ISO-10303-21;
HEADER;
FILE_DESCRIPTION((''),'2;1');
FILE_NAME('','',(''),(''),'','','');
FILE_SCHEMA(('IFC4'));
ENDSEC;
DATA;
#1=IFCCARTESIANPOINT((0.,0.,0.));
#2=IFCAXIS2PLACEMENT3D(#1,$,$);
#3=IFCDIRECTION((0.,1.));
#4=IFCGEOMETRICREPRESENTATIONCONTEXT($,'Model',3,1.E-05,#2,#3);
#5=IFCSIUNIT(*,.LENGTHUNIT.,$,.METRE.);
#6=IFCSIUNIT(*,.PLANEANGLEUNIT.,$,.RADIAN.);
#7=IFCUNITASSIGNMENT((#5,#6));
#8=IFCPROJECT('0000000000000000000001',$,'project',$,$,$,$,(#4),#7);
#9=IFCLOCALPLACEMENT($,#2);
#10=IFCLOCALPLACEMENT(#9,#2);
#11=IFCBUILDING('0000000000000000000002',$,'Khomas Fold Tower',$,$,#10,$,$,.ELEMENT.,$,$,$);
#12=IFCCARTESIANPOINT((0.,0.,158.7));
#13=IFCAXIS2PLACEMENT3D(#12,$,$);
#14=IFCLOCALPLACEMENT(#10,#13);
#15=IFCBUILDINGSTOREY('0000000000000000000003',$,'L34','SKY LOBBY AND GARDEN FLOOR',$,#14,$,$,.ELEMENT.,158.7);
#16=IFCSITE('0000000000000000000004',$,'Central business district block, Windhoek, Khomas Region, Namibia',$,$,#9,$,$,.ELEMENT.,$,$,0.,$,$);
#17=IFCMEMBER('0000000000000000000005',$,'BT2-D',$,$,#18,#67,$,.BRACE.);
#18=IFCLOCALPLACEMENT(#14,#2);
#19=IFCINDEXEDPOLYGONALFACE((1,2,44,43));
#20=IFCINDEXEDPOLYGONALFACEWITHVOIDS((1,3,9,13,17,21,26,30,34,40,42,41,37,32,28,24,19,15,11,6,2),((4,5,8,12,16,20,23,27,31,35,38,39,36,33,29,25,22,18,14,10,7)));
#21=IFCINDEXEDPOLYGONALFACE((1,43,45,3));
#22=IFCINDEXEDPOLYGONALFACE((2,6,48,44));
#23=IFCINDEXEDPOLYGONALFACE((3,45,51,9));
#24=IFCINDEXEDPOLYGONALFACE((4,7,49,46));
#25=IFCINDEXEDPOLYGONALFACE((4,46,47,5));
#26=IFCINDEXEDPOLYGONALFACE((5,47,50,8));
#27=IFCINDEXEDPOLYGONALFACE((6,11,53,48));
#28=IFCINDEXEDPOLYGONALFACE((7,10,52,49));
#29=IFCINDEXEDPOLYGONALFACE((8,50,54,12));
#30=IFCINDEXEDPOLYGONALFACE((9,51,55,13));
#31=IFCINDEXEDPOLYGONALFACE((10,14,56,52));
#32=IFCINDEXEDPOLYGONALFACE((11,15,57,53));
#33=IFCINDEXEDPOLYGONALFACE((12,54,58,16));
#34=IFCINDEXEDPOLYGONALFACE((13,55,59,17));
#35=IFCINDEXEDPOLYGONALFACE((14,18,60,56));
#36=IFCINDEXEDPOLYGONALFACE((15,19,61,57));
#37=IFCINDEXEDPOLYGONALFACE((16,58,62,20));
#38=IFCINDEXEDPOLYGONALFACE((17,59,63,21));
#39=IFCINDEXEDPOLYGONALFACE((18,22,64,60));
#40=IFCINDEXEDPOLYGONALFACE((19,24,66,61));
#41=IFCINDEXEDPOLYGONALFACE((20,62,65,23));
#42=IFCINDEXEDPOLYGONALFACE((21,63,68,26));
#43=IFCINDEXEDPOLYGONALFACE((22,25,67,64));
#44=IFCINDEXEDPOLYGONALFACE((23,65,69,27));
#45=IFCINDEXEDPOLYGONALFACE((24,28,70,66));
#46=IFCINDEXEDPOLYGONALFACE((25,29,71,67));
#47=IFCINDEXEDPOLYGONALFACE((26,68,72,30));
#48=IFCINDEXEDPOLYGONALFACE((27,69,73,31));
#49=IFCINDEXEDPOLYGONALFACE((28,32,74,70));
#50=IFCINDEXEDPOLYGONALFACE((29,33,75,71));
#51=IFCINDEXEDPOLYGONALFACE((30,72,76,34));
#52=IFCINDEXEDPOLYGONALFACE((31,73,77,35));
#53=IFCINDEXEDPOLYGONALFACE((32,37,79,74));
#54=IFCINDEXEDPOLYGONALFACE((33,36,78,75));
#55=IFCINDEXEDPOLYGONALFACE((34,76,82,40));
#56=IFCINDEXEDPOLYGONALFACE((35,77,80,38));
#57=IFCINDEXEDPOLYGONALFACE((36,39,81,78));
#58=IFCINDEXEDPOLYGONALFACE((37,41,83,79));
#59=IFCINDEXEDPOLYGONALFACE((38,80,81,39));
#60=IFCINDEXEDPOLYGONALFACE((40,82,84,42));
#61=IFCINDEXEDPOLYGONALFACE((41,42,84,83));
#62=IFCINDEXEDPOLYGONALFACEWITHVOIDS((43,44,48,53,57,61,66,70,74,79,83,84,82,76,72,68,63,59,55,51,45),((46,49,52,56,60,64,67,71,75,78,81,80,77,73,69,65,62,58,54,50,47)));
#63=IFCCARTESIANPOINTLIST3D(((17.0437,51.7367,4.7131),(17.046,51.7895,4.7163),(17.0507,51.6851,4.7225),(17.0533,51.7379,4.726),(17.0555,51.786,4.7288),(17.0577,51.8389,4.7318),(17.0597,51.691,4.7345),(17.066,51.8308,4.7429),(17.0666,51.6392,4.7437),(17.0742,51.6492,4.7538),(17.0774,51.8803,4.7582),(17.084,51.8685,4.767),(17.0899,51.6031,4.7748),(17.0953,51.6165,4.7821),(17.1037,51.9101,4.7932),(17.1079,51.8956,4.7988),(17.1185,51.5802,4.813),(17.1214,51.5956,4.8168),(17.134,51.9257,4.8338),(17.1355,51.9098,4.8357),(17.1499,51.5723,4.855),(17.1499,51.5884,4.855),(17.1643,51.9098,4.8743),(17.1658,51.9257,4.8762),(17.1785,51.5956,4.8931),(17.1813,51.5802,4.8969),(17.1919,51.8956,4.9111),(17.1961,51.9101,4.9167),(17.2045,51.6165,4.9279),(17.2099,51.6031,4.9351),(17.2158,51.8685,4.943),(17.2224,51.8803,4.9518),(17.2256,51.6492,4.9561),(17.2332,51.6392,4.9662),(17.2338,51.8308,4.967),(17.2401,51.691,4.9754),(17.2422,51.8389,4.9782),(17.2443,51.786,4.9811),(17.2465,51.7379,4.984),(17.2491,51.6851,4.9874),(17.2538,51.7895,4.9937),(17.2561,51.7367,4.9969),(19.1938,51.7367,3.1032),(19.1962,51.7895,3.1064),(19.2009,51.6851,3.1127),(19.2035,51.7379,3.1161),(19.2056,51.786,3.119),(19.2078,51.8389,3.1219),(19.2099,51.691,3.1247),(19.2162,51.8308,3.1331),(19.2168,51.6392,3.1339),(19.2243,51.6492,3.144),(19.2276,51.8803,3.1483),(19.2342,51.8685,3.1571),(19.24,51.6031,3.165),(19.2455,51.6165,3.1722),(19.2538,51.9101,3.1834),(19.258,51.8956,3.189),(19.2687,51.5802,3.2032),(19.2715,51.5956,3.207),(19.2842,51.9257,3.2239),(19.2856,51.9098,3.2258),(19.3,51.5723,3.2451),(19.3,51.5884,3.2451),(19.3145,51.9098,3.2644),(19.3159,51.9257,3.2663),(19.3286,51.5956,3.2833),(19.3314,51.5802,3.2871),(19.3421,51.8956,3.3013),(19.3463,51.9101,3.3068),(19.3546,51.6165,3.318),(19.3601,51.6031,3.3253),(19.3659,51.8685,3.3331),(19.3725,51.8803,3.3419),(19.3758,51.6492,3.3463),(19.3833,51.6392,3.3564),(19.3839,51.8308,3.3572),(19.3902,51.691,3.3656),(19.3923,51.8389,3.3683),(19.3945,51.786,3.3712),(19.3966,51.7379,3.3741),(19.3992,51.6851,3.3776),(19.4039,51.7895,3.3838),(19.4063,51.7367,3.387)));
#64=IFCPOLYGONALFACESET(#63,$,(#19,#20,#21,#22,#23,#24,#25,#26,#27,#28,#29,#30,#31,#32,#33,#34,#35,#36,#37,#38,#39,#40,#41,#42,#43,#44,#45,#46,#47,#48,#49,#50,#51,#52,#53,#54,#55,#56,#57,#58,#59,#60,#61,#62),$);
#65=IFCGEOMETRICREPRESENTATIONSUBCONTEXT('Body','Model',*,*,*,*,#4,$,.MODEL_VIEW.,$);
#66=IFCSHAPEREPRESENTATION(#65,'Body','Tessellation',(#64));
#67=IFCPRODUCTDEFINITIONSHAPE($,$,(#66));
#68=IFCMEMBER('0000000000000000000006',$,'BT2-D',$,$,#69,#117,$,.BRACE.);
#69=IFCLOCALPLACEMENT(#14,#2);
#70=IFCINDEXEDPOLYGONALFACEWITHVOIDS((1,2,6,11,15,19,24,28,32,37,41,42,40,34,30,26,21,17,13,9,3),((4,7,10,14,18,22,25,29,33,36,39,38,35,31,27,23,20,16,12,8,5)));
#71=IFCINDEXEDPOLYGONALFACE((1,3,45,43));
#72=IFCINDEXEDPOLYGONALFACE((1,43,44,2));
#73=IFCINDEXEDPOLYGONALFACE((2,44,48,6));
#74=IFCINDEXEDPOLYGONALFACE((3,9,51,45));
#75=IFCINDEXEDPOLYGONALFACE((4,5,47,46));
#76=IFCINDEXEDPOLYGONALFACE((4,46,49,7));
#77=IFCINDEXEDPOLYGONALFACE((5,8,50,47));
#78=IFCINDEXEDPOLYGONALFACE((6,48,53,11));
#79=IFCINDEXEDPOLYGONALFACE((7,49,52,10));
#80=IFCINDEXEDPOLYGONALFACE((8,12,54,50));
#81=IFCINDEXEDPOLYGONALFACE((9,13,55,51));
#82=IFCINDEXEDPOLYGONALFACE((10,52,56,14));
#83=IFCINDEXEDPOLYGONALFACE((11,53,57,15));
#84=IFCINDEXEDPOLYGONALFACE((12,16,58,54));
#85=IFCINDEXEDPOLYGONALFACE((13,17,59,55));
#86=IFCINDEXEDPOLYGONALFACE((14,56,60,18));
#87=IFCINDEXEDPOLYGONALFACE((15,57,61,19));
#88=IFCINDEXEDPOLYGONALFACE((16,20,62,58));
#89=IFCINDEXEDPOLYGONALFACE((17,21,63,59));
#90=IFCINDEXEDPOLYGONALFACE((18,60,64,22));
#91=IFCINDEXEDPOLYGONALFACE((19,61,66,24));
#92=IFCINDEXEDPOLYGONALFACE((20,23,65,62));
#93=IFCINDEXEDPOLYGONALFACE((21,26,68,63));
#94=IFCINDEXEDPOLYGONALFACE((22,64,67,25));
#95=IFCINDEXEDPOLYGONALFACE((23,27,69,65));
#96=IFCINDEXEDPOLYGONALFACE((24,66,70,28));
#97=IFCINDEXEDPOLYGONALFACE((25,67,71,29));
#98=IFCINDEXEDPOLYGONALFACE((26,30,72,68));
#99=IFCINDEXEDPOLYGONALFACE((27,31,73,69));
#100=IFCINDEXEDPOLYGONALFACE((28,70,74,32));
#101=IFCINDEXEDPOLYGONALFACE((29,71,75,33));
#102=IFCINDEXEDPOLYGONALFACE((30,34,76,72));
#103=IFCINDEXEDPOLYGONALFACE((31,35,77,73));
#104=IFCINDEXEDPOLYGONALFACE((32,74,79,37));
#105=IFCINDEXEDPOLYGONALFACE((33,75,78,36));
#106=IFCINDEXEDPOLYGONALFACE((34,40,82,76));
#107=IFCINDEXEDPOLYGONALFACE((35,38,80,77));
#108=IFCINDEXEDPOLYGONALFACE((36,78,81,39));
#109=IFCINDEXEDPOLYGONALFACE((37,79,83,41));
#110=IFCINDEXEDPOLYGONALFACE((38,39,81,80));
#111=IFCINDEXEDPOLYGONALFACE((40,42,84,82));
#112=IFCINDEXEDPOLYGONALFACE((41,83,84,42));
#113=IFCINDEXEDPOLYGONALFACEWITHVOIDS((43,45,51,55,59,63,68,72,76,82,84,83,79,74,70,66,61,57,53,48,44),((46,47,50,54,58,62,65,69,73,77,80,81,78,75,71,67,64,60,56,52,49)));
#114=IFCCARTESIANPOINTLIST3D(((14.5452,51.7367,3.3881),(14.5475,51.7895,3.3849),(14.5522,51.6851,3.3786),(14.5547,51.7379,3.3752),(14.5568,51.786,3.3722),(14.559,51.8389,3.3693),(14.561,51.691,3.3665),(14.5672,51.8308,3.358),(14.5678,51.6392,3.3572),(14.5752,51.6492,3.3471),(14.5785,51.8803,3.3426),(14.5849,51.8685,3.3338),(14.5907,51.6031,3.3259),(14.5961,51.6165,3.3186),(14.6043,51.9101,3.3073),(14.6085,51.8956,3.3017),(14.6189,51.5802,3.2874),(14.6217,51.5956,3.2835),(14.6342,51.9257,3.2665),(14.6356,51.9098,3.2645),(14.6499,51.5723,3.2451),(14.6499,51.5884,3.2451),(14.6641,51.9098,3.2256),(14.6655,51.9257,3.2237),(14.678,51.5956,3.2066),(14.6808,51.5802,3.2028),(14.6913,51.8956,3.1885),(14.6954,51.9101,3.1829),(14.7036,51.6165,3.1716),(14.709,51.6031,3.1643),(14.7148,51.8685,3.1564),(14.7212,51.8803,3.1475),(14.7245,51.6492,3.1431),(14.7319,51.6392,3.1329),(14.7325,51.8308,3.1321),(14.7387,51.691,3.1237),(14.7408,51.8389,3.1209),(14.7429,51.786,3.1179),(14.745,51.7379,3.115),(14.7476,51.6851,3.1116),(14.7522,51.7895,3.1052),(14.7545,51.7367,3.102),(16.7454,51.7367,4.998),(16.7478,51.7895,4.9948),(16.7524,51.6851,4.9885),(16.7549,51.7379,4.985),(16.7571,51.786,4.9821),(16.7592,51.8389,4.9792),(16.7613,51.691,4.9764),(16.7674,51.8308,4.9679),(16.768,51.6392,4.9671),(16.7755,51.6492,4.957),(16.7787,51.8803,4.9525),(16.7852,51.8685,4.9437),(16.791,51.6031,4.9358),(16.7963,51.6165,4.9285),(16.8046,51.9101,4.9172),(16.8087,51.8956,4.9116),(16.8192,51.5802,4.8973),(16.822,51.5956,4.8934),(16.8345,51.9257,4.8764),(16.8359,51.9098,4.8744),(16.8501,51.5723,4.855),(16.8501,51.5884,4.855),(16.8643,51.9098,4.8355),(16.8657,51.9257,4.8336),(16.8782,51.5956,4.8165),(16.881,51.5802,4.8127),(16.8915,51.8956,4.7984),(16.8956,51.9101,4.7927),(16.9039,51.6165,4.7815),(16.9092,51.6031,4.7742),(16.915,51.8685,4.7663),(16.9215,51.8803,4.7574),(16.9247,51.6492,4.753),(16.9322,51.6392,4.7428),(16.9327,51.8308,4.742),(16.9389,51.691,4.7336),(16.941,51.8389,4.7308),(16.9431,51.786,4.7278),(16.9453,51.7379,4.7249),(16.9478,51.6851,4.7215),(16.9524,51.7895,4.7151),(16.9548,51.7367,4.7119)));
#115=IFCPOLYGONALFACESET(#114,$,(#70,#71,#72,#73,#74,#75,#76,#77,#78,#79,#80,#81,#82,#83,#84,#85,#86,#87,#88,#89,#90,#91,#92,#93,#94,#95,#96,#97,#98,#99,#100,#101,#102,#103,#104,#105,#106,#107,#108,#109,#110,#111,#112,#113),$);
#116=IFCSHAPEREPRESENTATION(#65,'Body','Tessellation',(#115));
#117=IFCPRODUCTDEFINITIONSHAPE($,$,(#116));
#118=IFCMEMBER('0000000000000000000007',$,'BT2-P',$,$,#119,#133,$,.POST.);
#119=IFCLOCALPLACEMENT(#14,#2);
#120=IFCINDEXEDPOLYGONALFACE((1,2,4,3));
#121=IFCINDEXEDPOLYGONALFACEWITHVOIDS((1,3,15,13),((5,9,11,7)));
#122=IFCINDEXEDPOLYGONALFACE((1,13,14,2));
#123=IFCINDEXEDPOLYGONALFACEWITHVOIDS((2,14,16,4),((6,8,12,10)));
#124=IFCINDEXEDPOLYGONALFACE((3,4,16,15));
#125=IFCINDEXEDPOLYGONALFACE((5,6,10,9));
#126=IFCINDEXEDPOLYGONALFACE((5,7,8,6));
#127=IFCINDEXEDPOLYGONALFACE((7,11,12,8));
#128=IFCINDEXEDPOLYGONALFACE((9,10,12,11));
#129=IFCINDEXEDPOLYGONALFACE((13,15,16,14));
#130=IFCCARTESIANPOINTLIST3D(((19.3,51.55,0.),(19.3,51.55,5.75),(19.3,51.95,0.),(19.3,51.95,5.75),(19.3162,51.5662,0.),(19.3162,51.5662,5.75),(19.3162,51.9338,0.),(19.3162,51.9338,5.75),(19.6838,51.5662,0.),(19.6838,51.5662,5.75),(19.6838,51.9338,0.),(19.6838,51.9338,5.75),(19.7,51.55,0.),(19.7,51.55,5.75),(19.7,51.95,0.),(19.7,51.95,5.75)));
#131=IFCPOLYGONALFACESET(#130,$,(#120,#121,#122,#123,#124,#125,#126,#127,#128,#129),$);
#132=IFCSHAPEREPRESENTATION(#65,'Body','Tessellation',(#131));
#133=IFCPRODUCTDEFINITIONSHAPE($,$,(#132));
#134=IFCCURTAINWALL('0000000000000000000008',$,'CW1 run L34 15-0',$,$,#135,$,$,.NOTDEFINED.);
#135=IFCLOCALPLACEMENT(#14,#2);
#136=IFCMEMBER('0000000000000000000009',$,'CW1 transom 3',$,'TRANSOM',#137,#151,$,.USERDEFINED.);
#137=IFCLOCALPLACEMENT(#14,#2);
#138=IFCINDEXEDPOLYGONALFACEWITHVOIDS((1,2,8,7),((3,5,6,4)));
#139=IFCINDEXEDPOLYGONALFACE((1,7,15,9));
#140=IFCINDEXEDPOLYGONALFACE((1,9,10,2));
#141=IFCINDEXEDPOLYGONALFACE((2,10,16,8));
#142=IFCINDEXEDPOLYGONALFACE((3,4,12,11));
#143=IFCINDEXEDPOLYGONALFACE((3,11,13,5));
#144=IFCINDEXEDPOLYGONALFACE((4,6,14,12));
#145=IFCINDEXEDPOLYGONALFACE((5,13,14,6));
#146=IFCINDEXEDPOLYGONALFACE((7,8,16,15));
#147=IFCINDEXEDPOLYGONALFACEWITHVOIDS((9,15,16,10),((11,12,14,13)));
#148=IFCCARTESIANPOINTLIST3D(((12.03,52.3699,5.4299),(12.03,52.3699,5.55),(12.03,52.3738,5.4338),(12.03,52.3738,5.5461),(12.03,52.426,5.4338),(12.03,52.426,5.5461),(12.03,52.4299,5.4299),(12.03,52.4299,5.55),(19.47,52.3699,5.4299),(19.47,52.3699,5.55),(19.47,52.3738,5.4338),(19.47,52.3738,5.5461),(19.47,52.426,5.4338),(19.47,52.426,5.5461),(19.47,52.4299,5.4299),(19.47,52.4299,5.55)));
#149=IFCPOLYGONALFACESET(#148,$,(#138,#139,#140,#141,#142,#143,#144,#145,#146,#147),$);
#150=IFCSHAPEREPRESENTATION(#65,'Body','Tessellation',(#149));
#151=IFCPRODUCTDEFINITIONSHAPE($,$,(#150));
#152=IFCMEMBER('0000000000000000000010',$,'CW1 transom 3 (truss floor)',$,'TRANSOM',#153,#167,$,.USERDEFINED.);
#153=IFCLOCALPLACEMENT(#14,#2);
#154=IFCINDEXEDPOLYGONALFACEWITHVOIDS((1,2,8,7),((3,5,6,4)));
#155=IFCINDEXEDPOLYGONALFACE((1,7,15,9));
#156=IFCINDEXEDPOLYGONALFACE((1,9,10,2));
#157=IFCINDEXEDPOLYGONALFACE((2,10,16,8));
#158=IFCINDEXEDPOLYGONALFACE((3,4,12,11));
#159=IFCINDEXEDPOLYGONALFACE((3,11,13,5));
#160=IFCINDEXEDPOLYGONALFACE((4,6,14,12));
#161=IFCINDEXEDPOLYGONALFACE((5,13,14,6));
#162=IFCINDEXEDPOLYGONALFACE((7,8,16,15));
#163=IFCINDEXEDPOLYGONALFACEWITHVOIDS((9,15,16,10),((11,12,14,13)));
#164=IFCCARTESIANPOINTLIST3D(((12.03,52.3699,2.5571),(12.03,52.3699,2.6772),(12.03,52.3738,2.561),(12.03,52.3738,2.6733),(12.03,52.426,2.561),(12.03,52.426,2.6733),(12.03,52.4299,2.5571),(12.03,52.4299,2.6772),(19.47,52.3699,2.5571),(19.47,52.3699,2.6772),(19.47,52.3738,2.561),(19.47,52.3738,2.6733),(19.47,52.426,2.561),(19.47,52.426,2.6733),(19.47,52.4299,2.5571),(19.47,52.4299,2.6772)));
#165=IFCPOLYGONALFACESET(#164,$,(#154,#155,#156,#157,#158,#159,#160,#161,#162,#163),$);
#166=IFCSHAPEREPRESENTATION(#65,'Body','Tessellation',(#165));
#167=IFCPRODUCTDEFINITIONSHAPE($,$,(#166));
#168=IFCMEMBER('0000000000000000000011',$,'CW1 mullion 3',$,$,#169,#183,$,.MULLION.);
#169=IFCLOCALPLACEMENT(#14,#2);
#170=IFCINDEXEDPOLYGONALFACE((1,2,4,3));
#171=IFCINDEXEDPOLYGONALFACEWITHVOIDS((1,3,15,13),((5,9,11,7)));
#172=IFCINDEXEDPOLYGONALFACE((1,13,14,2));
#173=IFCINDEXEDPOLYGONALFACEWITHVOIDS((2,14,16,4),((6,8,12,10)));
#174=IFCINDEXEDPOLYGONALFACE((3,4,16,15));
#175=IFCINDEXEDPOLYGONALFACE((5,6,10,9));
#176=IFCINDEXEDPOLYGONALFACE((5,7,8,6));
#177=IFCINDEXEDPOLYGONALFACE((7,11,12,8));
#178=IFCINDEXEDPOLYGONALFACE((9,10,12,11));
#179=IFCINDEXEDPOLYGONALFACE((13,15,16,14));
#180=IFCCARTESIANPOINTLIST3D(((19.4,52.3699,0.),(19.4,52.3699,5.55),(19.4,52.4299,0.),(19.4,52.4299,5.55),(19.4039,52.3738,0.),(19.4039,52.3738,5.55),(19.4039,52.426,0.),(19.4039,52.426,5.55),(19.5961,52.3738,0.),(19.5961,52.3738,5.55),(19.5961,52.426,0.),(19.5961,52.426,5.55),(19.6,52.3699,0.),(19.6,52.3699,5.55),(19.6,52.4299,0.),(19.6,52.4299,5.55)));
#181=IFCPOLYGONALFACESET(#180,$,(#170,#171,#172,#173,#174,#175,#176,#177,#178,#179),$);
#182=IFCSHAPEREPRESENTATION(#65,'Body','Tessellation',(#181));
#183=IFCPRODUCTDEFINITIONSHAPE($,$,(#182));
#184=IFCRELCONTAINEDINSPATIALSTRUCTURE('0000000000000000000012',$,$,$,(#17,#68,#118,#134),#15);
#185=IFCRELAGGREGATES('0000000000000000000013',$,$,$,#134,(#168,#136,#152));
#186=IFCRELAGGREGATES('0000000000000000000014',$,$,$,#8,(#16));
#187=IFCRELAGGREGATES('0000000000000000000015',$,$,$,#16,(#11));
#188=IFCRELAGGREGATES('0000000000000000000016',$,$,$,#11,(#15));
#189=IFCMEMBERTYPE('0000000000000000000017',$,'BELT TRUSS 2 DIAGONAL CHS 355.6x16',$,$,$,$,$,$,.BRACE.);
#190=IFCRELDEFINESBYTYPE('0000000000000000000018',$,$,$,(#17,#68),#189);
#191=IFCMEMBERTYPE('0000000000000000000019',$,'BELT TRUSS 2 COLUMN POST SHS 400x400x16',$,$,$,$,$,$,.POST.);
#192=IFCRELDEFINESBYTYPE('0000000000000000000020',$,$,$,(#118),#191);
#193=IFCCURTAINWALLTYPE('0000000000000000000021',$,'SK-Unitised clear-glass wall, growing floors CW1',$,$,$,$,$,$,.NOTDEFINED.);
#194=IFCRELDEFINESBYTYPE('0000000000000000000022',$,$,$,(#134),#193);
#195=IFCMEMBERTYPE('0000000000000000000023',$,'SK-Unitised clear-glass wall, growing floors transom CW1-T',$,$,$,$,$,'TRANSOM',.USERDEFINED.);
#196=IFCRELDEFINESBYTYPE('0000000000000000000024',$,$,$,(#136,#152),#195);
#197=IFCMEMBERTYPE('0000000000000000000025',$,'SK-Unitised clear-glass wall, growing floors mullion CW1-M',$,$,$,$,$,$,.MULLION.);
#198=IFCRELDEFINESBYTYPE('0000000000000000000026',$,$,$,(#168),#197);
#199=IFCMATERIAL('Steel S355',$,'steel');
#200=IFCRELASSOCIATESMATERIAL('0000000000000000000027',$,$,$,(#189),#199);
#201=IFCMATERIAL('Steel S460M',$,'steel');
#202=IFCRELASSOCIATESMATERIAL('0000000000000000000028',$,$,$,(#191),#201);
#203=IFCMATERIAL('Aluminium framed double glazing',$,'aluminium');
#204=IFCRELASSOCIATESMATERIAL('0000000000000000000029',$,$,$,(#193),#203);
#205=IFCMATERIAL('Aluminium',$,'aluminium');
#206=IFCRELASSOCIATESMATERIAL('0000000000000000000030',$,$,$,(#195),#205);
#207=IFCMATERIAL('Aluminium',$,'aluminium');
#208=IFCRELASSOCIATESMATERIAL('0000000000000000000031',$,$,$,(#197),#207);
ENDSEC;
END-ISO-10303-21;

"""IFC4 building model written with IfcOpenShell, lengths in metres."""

from ifc_helpers import new_model, si_unit, direction, frame, origin, origin_2d, place, context, subcontext, project, spatial, hollow_rectangle, hollow_circle, extrude, source, transform, mapped, material, material_profile, profile_set, type_object, element, aggregate, save


model = new_model("IFC4")

# Units and contexts
model_context = context("Model", 3, precision=1e-05, world=origin(), true_north=direction((0.0, 1.0)))
body_context = subcontext(model_context, "Body", "Model", "MODEL_VIEW")
ifc_project = project(units=[si_unit("LENGTHUNIT", "METRE"), si_unit("PLANEANGLEUNIT", "RADIAN")], contexts=[model_context])

# Site, building, storey
site_placement = place(None, origin())
site = spatial("IfcSite", under=ifc_project, at=site_placement, Name="Central business district block, Windhoek, Khomas Region, Namibia", CompositionType="ELEMENT", RefElevation=0.0)
building_placement = place(site_placement, origin())
building = spatial("IfcBuilding", under=site, at=building_placement, Name="Khomas Fold Tower", CompositionType="ELEMENT")
storey_placement = place(building_placement, frame((0.0, 0.0, 158.7)))
storey = spatial("IfcBuildingStorey", under=building, at=storey_placement, Name="L34", Description="SKY LOBBY AND GARDEN FLOOR", CompositionType="ELEMENT", Elevation=158.7)

# Members
ifc_material_1 = material(Name="Steel S355", Category="steel")
ifc_material_profile_1 = material_profile(ifc_material_1, hollow_circle(Radius=0.1777, WallThickness=0.0161, at=origin_2d()), Name="CHS 355.6x16")
ifc_profile_set_1 = profile_set([ifc_material_profile_1], Name="Steel S355")
member_type_1 = type_object("IfcMemberType", Name="BELT TRUSS 2 DIAGONAL CHS 355.6x16", PredefinedType="BRACE", material=ifc_profile_set_1)
shared_shape_1 = source(origin(), body_context, "Body", "SweptSolid", [
    extrude(hollow_circle(Radius=0.1777, WallThickness=0.0161, at=origin_2d()), origin(), (0.0, 0.0, 1.0), 2.686),
])
for number, where, z_axis, x_axis, name in (
    (1, (19.3, 51.75, 3.2451), (-0.800491, 0.0, 0.599345), (0.0, -1.0, 0.0), "BT2-D"),
):
    element("IfcMember", number, at=place(storey_placement, frame(where, z_axis=z_axis, x_axis=x_axis)), inside=storey, type_object=member_type_1, Name=name, PredefinedType="BRACE", context=body_context, shape_type="MappedRepresentation", body=[
        mapped(shared_shape_1, transform((0.0, 0.0, 0.0))),
    ])
shared_shape_2 = source(origin(), body_context, "Body", "SweptSolid", [
    extrude(hollow_circle(Radius=0.1777, WallThickness=0.0161, at=origin_2d()), origin(), (0.0, 0.0, 1.0), 2.7263),
])
member_1_placement = place(storey_placement, frame((16.8501, 51.75, 4.855), z_axis=(-0.807037, 0.0, -0.590501), x_axis=(0.0, -1.0, 0.0)))
element("IfcMember", 2, at=member_1_placement, inside=storey, type_object=member_type_1, Name="BT2-D", PredefinedType="BRACE", context=body_context, shape_type="MappedRepresentation", body=[
    mapped(shared_shape_2, transform((0.0, 0.0, 0.0))),
])
ifc_material_2 = material(Name="Steel S460M", Category="steel")
ifc_material_profile_2 = material_profile(ifc_material_2, hollow_rectangle(XDim=0.3999, YDim=0.3999, WallThickness=0.0161, at=origin_2d()), Name="SHS 400x400x16")
ifc_profile_set_2 = profile_set([ifc_material_profile_2], Name="Steel S460M")
member_type_2 = type_object("IfcMemberType", Name="BELT TRUSS 2 COLUMN POST SHS 400x400x16", PredefinedType="POST", material=ifc_profile_set_2)
shared_shape_3 = source(origin(), body_context, "Body", "SweptSolid", [
    extrude(hollow_rectangle(XDim=0.3999, YDim=0.3999, WallThickness=0.0161, at=origin_2d()), origin(), (0.0, 0.0, 1.0), 5.75),
])
member_2_placement = place(storey_placement, frame((19.5, 51.75, 0.0), z_axis=(0.0, 0.0, 1.0), x_axis=(1.0, 0.0, 0.0)))
element("IfcMember", 3, at=member_2_placement, inside=storey, type_object=member_type_2, Name="BT2-P", PredefinedType="POST", context=body_context, shape_type="MappedRepresentation", body=[
    mapped(shared_shape_3, transform((0.0, 0.0, 0.0))),
])

# Curtain wall, members
ifc_material_3 = material(Name="Aluminium framed double glazing", Category="aluminium")
curtain_wall_type = type_object("IfcCurtainWallType", Name="SK-Unitised clear-glass wall, growing floors CW1", PredefinedType="NOTDEFINED", material=ifc_material_3)
curtain_wall_placement = place(storey_placement, origin())
curtain_wall = element("IfcCurtainWall", 4, at=curtain_wall_placement, inside=storey, type_object=curtain_wall_type, Name="CW1 run L34 15-0", PredefinedType="NOTDEFINED")
ifc_material_4 = material(Name="Aluminium", Category="aluminium")
ifc_material_profile_3 = material_profile(ifc_material_4, hollow_rectangle(XDim=0.0601, YDim=0.1201, WallThickness=0.0039, at=origin_2d()), Name="SK-Unitised clear-glass wall, growing floors transom CW1-T")
ifc_profile_set_3 = profile_set([ifc_material_profile_3], Name="Aluminium")
member_type_3 = type_object("IfcMemberType", Name="SK-Unitised clear-glass wall, growing floors transom CW1-T", ElementType="TRANSOM", PredefinedType="USERDEFINED", material=ifc_profile_set_3)
shared_shape_4 = source(origin(), body_context, "Body", "SweptSolid", [
    extrude(hollow_rectangle(XDim=0.0601, YDim=0.1201, WallThickness=0.0039, at=origin_2d()), origin(), (0.0, 0.0, 1.0), 7.4399),
])
member_3_placement = place(storey_placement, frame((19.47, 52.3999, 5.49), z_axis=(-1.0, 0.0, 0.0), x_axis=(0.0, -1.0, 0.0)))
member_3 = element("IfcMember", 5, at=member_3_placement, type_object=member_type_3, Name="CW1 transom 3", ObjectType="TRANSOM", PredefinedType="USERDEFINED", context=body_context, shape_type="MappedRepresentation", body=[
    mapped(shared_shape_4, transform((0.0, 0.0, 0.0))),
])
member_4_placement = place(storey_placement, frame((19.47, 52.3999, 2.6172), z_axis=(-1.0, 0.0, 0.0), x_axis=(0.0, -1.0, 0.0)))
member_4 = element("IfcMember", 6, at=member_4_placement, type_object=member_type_3, Name="CW1 transom 3 (truss floor)", ObjectType="TRANSOM", PredefinedType="USERDEFINED", context=body_context, shape_type="MappedRepresentation", body=[
    mapped(shared_shape_4, transform((0.0, 0.0, 0.0))),
])
ifc_material_5 = material(Name="Aluminium", Category="aluminium")
ifc_material_profile_4 = material_profile(ifc_material_5, hollow_rectangle(XDim=0.0601, YDim=0.2, WallThickness=0.0039, at=origin_2d()), Name="SK-Unitised clear-glass wall, growing floors mullion CW1-M")
ifc_profile_set_4 = profile_set([ifc_material_profile_4], Name="Aluminium")
member_type_4 = type_object("IfcMemberType", Name="SK-Unitised clear-glass wall, growing floors mullion CW1-M", PredefinedType="MULLION", material=ifc_profile_set_4)
shared_shape_5 = source(origin(), body_context, "Body", "SweptSolid", [
    extrude(hollow_rectangle(XDim=0.0601, YDim=0.2, WallThickness=0.0039, at=origin_2d()), origin(), (0.0, 0.0, 1.0), 5.55),
])
member_5_placement = place(storey_placement, frame((19.5, 52.3999, 0.0), z_axis=(0.0, 0.0, 1.0), x_axis=(0.0, -1.0, 0.0)))
member_5 = element("IfcMember", 7, at=member_5_placement, type_object=member_type_4, Name="CW1 mullion 3", PredefinedType="MULLION", context=body_context, shape_type="MappedRepresentation", body=[
    mapped(shared_shape_5, transform((0.0, 0.0, 0.0))),
])
aggregate(curtain_wall, [member_5, member_3, member_4])

save(model, "model.ifc")
